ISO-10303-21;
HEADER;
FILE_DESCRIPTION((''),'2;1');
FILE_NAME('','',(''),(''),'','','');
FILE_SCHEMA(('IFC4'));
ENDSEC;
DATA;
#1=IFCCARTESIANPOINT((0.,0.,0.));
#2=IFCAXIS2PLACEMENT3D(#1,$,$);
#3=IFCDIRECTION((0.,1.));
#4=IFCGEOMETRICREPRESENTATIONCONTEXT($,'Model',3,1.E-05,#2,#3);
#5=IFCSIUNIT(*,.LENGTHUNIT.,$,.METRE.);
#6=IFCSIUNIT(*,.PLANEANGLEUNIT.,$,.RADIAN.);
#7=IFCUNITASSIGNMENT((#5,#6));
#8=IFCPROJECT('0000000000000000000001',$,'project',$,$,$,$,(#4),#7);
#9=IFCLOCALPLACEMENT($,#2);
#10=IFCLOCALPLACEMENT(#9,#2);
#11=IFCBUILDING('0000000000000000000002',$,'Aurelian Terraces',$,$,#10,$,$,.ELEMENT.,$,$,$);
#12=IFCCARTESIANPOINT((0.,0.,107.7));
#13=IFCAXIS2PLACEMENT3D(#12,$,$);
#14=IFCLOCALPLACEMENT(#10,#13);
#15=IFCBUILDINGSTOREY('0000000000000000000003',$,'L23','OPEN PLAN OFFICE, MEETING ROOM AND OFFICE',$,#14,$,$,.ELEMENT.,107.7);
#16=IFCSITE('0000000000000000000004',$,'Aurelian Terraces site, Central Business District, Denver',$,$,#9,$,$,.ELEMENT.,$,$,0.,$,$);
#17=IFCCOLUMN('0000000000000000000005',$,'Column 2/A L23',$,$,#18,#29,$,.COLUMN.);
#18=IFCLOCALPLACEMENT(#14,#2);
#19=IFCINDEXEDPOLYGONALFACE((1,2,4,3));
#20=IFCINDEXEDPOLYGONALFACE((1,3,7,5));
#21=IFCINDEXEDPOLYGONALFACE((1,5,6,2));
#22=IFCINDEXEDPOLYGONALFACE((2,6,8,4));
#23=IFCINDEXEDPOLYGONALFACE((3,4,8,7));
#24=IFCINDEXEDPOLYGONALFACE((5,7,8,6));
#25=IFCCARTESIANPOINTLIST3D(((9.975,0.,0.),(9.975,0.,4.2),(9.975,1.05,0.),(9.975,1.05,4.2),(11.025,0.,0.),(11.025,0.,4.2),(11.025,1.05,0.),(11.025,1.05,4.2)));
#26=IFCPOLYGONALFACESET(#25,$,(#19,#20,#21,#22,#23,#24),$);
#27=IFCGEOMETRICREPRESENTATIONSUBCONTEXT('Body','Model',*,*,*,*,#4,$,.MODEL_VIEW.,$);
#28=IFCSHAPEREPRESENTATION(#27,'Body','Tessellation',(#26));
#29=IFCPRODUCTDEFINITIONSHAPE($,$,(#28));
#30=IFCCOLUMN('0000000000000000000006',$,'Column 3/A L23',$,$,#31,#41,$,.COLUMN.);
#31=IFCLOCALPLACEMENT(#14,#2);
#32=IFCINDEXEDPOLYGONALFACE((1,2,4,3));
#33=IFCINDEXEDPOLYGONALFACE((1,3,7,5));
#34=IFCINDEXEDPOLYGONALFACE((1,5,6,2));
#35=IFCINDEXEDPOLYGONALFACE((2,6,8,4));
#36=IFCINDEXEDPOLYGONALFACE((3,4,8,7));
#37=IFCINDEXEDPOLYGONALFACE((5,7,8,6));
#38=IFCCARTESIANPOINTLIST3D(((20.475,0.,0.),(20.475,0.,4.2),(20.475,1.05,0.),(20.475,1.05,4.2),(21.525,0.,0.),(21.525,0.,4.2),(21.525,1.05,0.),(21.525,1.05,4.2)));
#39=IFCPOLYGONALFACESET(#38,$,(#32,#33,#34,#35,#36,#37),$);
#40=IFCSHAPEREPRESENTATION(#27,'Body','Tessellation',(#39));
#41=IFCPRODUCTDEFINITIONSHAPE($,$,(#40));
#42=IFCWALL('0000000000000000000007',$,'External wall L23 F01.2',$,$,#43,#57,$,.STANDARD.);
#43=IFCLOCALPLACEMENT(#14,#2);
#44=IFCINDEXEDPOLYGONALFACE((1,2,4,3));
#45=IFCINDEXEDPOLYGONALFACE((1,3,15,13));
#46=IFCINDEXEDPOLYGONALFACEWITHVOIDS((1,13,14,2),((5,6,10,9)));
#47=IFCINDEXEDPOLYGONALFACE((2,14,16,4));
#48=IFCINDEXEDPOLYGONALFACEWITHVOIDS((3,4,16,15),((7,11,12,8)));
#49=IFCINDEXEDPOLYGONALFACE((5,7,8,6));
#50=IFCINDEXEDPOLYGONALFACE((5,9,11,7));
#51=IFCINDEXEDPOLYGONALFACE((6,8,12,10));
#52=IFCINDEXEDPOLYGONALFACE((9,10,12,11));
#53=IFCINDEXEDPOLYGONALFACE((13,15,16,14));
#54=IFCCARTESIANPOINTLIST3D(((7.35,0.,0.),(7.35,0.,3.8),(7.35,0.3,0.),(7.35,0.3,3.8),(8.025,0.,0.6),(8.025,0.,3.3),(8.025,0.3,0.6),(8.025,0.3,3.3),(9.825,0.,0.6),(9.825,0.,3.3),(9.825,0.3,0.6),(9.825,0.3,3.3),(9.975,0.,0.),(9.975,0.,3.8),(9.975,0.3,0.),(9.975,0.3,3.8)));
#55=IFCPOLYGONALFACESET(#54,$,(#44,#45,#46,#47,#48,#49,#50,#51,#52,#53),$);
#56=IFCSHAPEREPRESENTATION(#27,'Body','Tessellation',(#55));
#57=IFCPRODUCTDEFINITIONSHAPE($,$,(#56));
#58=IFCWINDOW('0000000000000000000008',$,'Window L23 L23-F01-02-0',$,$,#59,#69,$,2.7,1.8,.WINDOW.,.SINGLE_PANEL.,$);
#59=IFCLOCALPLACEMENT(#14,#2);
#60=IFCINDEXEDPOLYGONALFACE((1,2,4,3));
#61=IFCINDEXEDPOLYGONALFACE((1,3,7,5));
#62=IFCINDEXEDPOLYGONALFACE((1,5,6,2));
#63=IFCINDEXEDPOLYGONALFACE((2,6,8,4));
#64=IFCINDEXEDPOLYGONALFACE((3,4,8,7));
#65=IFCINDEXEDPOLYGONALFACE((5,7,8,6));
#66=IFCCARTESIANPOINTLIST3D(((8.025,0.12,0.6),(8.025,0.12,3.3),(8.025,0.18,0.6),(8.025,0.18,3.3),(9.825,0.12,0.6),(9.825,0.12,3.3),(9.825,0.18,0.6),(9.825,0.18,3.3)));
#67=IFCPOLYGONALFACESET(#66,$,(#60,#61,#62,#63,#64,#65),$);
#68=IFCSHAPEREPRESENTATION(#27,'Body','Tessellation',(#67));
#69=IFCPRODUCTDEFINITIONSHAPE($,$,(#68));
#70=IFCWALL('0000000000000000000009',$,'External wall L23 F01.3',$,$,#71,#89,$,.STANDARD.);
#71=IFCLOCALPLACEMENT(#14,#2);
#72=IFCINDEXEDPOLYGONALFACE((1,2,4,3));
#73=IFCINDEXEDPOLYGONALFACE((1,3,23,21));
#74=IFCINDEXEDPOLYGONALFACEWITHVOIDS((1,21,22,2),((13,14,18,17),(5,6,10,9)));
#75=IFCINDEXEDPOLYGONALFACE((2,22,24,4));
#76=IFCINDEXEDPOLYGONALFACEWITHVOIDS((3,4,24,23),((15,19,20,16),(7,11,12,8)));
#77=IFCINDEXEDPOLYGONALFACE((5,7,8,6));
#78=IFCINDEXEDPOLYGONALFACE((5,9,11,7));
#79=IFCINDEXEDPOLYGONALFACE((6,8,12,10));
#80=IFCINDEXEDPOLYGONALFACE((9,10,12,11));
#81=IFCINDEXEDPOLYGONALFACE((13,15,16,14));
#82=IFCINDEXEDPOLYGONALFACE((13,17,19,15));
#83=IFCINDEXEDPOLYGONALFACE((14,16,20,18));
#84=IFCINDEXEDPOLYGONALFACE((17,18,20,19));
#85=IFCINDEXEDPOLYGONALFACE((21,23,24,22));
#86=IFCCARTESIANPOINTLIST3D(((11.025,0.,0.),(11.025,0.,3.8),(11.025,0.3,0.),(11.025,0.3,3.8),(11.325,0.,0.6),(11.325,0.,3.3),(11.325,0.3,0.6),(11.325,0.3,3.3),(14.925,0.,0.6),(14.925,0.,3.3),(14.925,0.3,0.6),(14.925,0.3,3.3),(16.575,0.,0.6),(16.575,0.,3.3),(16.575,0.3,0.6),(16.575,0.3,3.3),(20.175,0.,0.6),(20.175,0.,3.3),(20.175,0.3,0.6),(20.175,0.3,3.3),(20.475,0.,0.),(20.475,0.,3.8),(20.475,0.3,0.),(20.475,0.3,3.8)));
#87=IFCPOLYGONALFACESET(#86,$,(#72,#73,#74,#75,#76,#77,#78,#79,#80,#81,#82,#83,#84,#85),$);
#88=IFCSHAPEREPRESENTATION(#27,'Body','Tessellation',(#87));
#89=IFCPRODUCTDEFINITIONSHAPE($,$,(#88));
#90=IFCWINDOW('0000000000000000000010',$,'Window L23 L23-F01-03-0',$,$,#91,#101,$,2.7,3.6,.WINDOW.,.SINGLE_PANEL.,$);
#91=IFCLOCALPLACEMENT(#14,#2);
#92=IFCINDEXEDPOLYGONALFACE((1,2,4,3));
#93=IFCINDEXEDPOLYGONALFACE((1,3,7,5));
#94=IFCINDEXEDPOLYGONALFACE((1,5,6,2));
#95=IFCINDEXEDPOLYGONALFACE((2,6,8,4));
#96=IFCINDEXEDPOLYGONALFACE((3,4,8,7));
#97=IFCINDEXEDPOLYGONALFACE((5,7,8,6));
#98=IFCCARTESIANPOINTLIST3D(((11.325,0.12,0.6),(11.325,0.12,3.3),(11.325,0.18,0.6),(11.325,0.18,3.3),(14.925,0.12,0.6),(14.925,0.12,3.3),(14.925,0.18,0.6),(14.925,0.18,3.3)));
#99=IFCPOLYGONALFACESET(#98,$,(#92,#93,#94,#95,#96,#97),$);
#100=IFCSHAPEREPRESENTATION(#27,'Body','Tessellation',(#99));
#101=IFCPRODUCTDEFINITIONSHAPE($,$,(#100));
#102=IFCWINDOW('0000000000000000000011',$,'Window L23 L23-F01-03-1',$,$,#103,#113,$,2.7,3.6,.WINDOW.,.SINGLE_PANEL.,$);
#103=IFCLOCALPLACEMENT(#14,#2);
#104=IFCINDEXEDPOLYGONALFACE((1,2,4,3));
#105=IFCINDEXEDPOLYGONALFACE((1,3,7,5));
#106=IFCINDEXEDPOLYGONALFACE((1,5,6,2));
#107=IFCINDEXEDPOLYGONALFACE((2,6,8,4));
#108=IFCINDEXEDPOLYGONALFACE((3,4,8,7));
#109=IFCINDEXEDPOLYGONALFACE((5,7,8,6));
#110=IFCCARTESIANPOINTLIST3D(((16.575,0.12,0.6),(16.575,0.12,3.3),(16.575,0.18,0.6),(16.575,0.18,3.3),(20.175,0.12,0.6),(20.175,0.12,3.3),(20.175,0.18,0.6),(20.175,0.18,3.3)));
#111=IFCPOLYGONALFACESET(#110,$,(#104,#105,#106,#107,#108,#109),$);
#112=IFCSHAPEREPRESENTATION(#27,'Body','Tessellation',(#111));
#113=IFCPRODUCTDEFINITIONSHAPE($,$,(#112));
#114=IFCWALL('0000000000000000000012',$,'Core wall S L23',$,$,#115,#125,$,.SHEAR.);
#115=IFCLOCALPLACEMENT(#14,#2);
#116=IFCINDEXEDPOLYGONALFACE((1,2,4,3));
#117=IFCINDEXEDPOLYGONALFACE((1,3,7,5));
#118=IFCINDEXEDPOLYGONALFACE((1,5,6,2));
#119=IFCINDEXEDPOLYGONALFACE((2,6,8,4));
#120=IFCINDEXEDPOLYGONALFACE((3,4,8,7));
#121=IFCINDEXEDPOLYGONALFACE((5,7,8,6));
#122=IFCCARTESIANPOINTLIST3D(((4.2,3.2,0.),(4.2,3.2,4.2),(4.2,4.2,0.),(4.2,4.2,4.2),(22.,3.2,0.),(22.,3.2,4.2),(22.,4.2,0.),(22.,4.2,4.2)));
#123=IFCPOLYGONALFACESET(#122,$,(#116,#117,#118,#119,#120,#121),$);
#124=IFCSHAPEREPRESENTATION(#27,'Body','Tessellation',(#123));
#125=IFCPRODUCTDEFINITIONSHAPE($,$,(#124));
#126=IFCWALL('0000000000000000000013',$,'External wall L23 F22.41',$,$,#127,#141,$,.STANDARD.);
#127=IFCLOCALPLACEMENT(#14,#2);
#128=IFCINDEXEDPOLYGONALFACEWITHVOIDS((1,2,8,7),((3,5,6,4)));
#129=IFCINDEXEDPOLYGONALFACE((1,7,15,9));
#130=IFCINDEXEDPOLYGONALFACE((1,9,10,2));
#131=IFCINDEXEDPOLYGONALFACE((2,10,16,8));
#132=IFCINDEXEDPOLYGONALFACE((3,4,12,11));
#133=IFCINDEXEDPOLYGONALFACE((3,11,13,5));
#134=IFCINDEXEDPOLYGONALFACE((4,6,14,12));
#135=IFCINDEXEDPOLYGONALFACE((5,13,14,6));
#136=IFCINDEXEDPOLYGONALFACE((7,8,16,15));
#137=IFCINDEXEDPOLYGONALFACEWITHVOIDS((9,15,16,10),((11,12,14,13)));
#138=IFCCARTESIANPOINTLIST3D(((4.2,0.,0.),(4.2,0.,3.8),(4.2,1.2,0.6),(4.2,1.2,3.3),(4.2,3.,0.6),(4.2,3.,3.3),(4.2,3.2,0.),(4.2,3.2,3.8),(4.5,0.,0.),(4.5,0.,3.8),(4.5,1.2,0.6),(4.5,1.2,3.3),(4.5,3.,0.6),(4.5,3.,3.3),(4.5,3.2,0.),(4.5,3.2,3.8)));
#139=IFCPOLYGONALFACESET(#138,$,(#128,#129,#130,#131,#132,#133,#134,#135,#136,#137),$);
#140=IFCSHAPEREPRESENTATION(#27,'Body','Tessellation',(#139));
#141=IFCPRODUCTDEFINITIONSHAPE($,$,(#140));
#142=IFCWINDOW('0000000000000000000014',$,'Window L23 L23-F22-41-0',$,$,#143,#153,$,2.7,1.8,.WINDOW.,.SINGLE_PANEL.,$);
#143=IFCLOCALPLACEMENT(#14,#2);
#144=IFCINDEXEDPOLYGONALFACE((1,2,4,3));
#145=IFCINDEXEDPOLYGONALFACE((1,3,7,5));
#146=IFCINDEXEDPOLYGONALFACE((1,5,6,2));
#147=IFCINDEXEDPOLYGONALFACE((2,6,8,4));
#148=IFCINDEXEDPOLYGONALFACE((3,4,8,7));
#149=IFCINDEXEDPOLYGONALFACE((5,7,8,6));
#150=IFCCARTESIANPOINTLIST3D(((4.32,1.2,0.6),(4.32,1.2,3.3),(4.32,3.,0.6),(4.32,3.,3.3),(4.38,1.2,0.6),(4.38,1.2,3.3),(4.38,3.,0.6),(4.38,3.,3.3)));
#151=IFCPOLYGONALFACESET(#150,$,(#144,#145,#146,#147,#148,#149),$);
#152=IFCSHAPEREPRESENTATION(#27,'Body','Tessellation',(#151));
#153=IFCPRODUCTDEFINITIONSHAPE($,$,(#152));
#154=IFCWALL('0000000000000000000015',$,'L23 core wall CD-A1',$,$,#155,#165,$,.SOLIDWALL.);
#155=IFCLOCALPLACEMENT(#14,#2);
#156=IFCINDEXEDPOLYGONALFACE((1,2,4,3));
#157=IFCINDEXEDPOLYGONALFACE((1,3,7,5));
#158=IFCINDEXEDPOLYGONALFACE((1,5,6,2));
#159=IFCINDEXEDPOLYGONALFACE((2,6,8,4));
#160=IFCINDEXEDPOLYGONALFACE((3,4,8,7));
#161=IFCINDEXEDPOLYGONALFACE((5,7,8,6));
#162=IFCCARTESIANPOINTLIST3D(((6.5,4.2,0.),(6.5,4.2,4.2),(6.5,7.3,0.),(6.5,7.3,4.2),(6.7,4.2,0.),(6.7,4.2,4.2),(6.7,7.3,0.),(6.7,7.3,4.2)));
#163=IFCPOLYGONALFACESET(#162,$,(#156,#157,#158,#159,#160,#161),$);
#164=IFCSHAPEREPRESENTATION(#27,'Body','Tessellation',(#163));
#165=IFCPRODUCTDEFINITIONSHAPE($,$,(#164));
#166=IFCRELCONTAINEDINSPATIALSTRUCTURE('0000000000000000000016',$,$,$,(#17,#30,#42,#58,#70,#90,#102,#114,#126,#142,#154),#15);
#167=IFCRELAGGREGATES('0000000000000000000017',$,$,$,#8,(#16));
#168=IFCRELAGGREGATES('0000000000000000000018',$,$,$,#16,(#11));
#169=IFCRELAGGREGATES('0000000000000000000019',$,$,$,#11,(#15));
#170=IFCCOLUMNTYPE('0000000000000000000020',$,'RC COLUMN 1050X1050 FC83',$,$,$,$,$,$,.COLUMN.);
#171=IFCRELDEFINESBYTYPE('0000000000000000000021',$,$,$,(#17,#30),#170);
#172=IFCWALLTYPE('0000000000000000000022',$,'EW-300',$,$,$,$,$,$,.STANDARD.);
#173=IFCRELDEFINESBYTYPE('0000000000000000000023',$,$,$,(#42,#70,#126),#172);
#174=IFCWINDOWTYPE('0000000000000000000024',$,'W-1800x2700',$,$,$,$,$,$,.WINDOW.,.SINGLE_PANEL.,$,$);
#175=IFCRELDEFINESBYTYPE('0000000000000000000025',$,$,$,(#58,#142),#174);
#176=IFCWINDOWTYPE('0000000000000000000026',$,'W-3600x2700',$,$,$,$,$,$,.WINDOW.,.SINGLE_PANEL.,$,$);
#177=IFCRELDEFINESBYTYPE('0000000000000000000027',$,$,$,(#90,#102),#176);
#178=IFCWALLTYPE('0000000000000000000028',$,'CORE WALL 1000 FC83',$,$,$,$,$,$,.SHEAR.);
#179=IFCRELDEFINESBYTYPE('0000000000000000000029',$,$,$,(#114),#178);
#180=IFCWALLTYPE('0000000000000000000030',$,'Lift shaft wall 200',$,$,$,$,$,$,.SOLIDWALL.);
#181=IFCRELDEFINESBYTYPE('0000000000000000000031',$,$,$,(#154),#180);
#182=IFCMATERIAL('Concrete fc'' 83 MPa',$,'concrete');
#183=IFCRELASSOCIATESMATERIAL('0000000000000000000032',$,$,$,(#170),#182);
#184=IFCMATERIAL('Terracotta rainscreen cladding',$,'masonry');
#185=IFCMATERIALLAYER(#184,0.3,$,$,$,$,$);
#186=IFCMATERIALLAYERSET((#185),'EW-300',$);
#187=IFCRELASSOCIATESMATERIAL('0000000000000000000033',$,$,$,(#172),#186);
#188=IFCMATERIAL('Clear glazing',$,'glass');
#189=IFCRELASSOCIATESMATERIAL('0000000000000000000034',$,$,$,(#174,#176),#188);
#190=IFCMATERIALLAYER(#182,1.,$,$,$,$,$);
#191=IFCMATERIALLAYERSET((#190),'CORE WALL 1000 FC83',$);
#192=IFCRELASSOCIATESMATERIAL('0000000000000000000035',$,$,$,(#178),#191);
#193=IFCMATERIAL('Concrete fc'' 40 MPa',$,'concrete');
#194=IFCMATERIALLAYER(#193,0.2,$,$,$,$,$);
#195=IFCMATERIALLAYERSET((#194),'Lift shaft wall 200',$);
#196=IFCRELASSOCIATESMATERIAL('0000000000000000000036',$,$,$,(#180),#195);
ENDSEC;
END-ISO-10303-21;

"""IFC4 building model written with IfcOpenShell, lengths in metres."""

from ifc_helpers import new_model, si_unit, direction, frame, frame_2d, origin, origin_2d, place, context, subcontext, project, spatial, rectangle, extrude, source, transform, mapped, material, layer, layer_set, material_profile, profile_set, type_object, element, fill, save


model = new_model("IFC4")

# Units and contexts
model_context = context("Model", 3, precision=1e-05, world=origin(), true_north=direction((0.0, 1.0)))
body_context = subcontext(model_context, "Body", "Model", "MODEL_VIEW")
ifc_project = project(units=[si_unit("LENGTHUNIT", "METRE"), si_unit("PLANEANGLEUNIT", "RADIAN")], contexts=[model_context])

# Site, building, storey
site_placement = place(None, origin())
site = spatial("IfcSite", under=ifc_project, at=site_placement, Name="Aurelian Terraces site, Central Business District, Denver", CompositionType="ELEMENT", RefElevation=0.0)
building_placement = place(site_placement, origin())
building = spatial("IfcBuilding", under=site, at=building_placement, Name="Aurelian Terraces", CompositionType="ELEMENT")
storey_placement = place(building_placement, frame((0.0, 0.0, 107.7)))
storey = spatial("IfcBuildingStorey", under=building, at=storey_placement, Name="L23", Description="OPEN PLAN OFFICE, MEETING ROOM AND OFFICE", CompositionType="ELEMENT", Elevation=107.7)

# Columns
ifc_material_1 = material(Name="Concrete fc' 83 MPa", Category="concrete")
ifc_material_profile = material_profile(ifc_material_1, rectangle(XDim=1.05, YDim=1.05, at=origin_2d()))
ifc_profile_set = profile_set([ifc_material_profile], Name="Concrete fc' 83 MPa")
column_type = type_object("IfcColumnType", Name="RC COLUMN 1050X1050 FC83", PredefinedType="COLUMN", material=ifc_profile_set)
shared_shape_1 = source(origin(), body_context, "Body", "SweptSolid", [
    extrude(rectangle(XDim=1.05, YDim=1.05, at=origin_2d()), origin(), (0.0, 0.0, 1.0), 4.2),
])
for number, where, z_axis, x_axis, name in (
    (1, (10.5, 0.525, 0.0), (0.0, 0.0, 1.0), (1.0, 0.0, 0.0), "Column 2/A L23"),
    (2, (21.0, 0.525, 0.0), (0.0, 0.0, 1.0), (1.0, 0.0, 0.0), "Column 3/A L23"),
):
    element("IfcColumn", number, at=place(storey_placement, frame(where, z_axis=z_axis, x_axis=x_axis)), inside=storey, type_object=column_type, Name=name, PredefinedType="COLUMN", context=body_context, shape_type="MappedRepresentation", body=[
        mapped(shared_shape_1, transform((0.0, 0.0, 0.0), scale=1.0)),
    ])

# Wall, opening, window
ifc_material_2 = material(Name="Terracotta rainscreen cladding", Category="masonry")
ifc_layer_1 = layer(ifc_material_2, 0.3)
ifc_layer_set_1 = layer_set([ifc_layer_1], Name="EW-300")
wall_type_1 = type_object("IfcWallType", Name="EW-300", PredefinedType="STANDARD", material=ifc_layer_set_1)
wall_1_placement = place(storey_placement, frame((7.35, 0.15, 0.0), z_axis=(0.0, 0.0, 1.0), x_axis=(1.0, 0.0, 0.0)))
wall_1 = element("IfcWall", 3, at=wall_1_placement, inside=storey, type_object=wall_type_1, Name="External wall L23 F01.2", PredefinedType="STANDARD", context=body_context, shape_type="SweptSolid", body=[
    extrude(rectangle(XDim=2.625, YDim=0.3, at=frame_2d((1.3125, 0.0))), origin(), (0.0, 0.0, 1.0), 3.8),
])
shared_shape_2 = source(origin(), body_context, "Body", "SweptSolid", [
    extrude(rectangle(XDim=1.8, YDim=2.7, at=frame_2d((0.9, 1.35))), frame((0.0, 0.16, 0.0), z_axis=(0.0, -1.0, 0.0), x_axis=(1.0, 0.0, 0.0)), (0.0, 0.0, 1.0), 0.32),
])
opening_1_placement = place(wall_1_placement, frame((0.675, 0.0, 0.6)))
opening_1 = element("IfcOpeningElement", 4, at=opening_1_placement, cuts=wall_1, PredefinedType="OPENING", context=body_context, shape_type="MappedRepresentation", body=[
    mapped(shared_shape_2, transform((0.0, 0.0, 0.0), scale=1.0)),
])
ifc_material_3 = material(Name="Clear glazing", Category="glass")
window_type_1 = type_object("IfcWindowType", Name="W-1800x2700", PartitioningType="SINGLE_PANEL", PredefinedType="WINDOW", material=ifc_material_3)
shared_shape_3 = source(origin(), body_context, "Body", "SweptSolid", [
    extrude(rectangle(XDim=1.8, YDim=2.7, at=frame_2d((0.9, 1.35))), frame((0.0, 0.03, 0.0), z_axis=(0.0, -1.0, 0.0), x_axis=(1.0, 0.0, 0.0)), (0.0, 0.0, 1.0), 0.06),
])
window_1_placement = place(opening_1_placement, origin())
window_1 = element("IfcWindow", 5, at=window_1_placement, inside=storey, type_object=window_type_1, Name="Window L23 L23-F01-02-0", OverallHeight=2.7, OverallWidth=1.8, PartitioningType="SINGLE_PANEL", PredefinedType="WINDOW", context=body_context, shape_type="MappedRepresentation", body=[
    mapped(shared_shape_3, transform((0.0, 0.0, 0.0), scale=1.0)),
])
fill(opening_1, window_1)

# Wall, openings, windows
wall_2_placement = place(storey_placement, frame((11.025, 0.15, 0.0), z_axis=(0.0, 0.0, 1.0), x_axis=(1.0, 0.0, 0.0)))
wall_2 = element("IfcWall", 6, at=wall_2_placement, inside=storey, type_object=wall_type_1, Name="External wall L23 F01.3", PredefinedType="STANDARD", context=body_context, shape_type="SweptSolid", body=[
    extrude(rectangle(XDim=9.45, YDim=0.3, at=frame_2d((4.725, 0.0))), origin(), (0.0, 0.0, 1.0), 3.8),
])
shared_shape_4 = source(origin(), body_context, "Body", "SweptSolid", [
    extrude(rectangle(XDim=3.6, YDim=2.7, at=frame_2d((1.8, 1.35))), frame((0.0, 0.16, 0.0), z_axis=(0.0, -1.0, 0.0), x_axis=(1.0, 0.0, 0.0)), (0.0, 0.0, 1.0), 0.32),
])
opening_2_placement = place(wall_2_placement, frame((0.3, 0.0, 0.6)))
opening_2 = element("IfcOpeningElement", 7, at=opening_2_placement, cuts=wall_2, PredefinedType="OPENING", context=body_context, shape_type="MappedRepresentation", body=[
    mapped(shared_shape_4, transform((0.0, 0.0, 0.0), scale=1.0)),
])
opening_3_placement = place(wall_2_placement, frame((5.55, 0.0, 0.6)))
opening_3 = element("IfcOpeningElement", 8, at=opening_3_placement, cuts=wall_2, PredefinedType="OPENING", context=body_context, shape_type="MappedRepresentation", body=[
    mapped(shared_shape_4, transform((0.0, 0.0, 0.0), scale=1.0)),
])
window_type_2 = type_object("IfcWindowType", Name="W-3600x2700", PartitioningType="SINGLE_PANEL", PredefinedType="WINDOW", material=ifc_material_3)
shared_shape_5 = source(origin(), body_context, "Body", "SweptSolid", [
    extrude(rectangle(XDim=3.6, YDim=2.7, at=frame_2d((1.8, 1.35))), frame((0.0, 0.03, 0.0), z_axis=(0.0, -1.0, 0.0), x_axis=(1.0, 0.0, 0.0)), (0.0, 0.0, 1.0), 0.06),
])
window_2_placement = place(opening_2_placement, origin())
window_2 = element("IfcWindow", 9, at=window_2_placement, inside=storey, type_object=window_type_2, Name="Window L23 L23-F01-03-0", OverallHeight=2.7, OverallWidth=3.6, PartitioningType="SINGLE_PANEL", PredefinedType="WINDOW", context=body_context, shape_type="MappedRepresentation", body=[
    mapped(shared_shape_5, transform((0.0, 0.0, 0.0), scale=1.0)),
])
fill(opening_2, window_2)
window_3_placement = place(opening_3_placement, origin())
window_3 = element("IfcWindow", 10, at=window_3_placement, inside=storey, type_object=window_type_2, Name="Window L23 L23-F01-03-1", OverallHeight=2.7, OverallWidth=3.6, PartitioningType="SINGLE_PANEL", PredefinedType="WINDOW", context=body_context, shape_type="MappedRepresentation", body=[
    mapped(shared_shape_5, transform((0.0, 0.0, 0.0), scale=1.0)),
])
fill(opening_3, window_3)

# Wall
ifc_layer_2 = layer(ifc_material_1, 1.0)
ifc_layer_set_2 = layer_set([ifc_layer_2], Name="CORE WALL 1000 FC83")
wall_type_2 = type_object("IfcWallType", Name="CORE WALL 1000 FC83", PredefinedType="SHEAR", material=ifc_layer_set_2)
shared_shape_6 = source(origin(), body_context, "Body", "SweptSolid", [
    extrude(rectangle(XDim=17.8, YDim=1.0, at=frame_2d((8.9, 0.0))), origin(), (0.0, 0.0, 1.0), 4.2),
])
wall_3_placement = place(storey_placement, frame((4.2, 3.7, 0.0), z_axis=(0.0, 0.0, 1.0), x_axis=(1.0, 0.0, 0.0)))
element("IfcWall", 11, at=wall_3_placement, inside=storey, type_object=wall_type_2, Name="Core wall S L23", PredefinedType="SHEAR", context=body_context, shape_type="MappedRepresentation", body=[
    mapped(shared_shape_6, transform((0.0, 0.0, 0.0), scale=1.0)),
])

# Wall, opening, window
shared_shape_7 = source(origin(), body_context, "Body", "SweptSolid", [
    extrude(rectangle(XDim=3.2, YDim=0.3, at=frame_2d((1.6, 0.0))), origin(), (0.0, 0.0, 1.0), 3.8),
])
wall_4_placement = place(storey_placement, frame((4.35, 3.2, 0.0), z_axis=(0.0, 0.0, 1.0), x_axis=(0.0, -1.0, 0.0)))
wall_4 = element("IfcWall", 12, at=wall_4_placement, inside=storey, type_object=wall_type_1, Name="External wall L23 F22.41", PredefinedType="STANDARD", context=body_context, shape_type="MappedRepresentation", body=[
    mapped(shared_shape_7, transform((0.0, 0.0, 0.0), scale=1.0)),
])
opening_4_placement = place(wall_4_placement, frame((0.2, 0.0, 0.6)))
opening_4 = element("IfcOpeningElement", 13, at=opening_4_placement, cuts=wall_4, PredefinedType="OPENING", context=body_context, shape_type="MappedRepresentation", body=[
    mapped(shared_shape_2, transform((0.0, 0.0, 0.0), scale=1.0)),
])
window_4_placement = place(opening_4_placement, origin())
window_4 = element("IfcWindow", 14, at=window_4_placement, inside=storey, type_object=window_type_1, Name="Window L23 L23-F22-41-0", OverallHeight=2.7, OverallWidth=1.8, PartitioningType="SINGLE_PANEL", PredefinedType="WINDOW", context=body_context, shape_type="MappedRepresentation", body=[
    mapped(shared_shape_3, transform((0.0, 0.0, 0.0), scale=1.0)),
])
fill(opening_4, window_4)

# Wall
ifc_material_4 = material(Name="Concrete fc' 40 MPa", Category="concrete")
ifc_layer_3 = layer(ifc_material_4, 0.2)
ifc_layer_set_3 = layer_set([ifc_layer_3], Name="Lift shaft wall 200")
wall_type_3 = type_object("IfcWallType", Name="Lift shaft wall 200", PredefinedType="SOLIDWALL", material=ifc_layer_set_3)
shared_shape_8 = source(origin(), body_context, "Body", "SweptSolid", [
    extrude(rectangle(XDim=3.1, YDim=0.2, at=frame_2d((1.55, 0.0))), origin(), (0.0, 0.0, 1.0), 4.2),
])
for number, where, z_axis, x_axis, name in (
    (15, (6.6, 4.2, 0.0), (0.0, 0.0, 1.0), (0.0, 1.0, 0.0), "L23 core wall CD-A1"),
):
    element("IfcWall", number, at=place(storey_placement, frame(where, z_axis=z_axis, x_axis=x_axis)), inside=storey, type_object=wall_type_3, Name=name, PredefinedType="SOLIDWALL", context=body_context, shape_type="MappedRepresentation", body=[
        mapped(shared_shape_8, transform((0.0, 0.0, 0.0), scale=1.0)),
    ])

save(model, "model.ifc")
